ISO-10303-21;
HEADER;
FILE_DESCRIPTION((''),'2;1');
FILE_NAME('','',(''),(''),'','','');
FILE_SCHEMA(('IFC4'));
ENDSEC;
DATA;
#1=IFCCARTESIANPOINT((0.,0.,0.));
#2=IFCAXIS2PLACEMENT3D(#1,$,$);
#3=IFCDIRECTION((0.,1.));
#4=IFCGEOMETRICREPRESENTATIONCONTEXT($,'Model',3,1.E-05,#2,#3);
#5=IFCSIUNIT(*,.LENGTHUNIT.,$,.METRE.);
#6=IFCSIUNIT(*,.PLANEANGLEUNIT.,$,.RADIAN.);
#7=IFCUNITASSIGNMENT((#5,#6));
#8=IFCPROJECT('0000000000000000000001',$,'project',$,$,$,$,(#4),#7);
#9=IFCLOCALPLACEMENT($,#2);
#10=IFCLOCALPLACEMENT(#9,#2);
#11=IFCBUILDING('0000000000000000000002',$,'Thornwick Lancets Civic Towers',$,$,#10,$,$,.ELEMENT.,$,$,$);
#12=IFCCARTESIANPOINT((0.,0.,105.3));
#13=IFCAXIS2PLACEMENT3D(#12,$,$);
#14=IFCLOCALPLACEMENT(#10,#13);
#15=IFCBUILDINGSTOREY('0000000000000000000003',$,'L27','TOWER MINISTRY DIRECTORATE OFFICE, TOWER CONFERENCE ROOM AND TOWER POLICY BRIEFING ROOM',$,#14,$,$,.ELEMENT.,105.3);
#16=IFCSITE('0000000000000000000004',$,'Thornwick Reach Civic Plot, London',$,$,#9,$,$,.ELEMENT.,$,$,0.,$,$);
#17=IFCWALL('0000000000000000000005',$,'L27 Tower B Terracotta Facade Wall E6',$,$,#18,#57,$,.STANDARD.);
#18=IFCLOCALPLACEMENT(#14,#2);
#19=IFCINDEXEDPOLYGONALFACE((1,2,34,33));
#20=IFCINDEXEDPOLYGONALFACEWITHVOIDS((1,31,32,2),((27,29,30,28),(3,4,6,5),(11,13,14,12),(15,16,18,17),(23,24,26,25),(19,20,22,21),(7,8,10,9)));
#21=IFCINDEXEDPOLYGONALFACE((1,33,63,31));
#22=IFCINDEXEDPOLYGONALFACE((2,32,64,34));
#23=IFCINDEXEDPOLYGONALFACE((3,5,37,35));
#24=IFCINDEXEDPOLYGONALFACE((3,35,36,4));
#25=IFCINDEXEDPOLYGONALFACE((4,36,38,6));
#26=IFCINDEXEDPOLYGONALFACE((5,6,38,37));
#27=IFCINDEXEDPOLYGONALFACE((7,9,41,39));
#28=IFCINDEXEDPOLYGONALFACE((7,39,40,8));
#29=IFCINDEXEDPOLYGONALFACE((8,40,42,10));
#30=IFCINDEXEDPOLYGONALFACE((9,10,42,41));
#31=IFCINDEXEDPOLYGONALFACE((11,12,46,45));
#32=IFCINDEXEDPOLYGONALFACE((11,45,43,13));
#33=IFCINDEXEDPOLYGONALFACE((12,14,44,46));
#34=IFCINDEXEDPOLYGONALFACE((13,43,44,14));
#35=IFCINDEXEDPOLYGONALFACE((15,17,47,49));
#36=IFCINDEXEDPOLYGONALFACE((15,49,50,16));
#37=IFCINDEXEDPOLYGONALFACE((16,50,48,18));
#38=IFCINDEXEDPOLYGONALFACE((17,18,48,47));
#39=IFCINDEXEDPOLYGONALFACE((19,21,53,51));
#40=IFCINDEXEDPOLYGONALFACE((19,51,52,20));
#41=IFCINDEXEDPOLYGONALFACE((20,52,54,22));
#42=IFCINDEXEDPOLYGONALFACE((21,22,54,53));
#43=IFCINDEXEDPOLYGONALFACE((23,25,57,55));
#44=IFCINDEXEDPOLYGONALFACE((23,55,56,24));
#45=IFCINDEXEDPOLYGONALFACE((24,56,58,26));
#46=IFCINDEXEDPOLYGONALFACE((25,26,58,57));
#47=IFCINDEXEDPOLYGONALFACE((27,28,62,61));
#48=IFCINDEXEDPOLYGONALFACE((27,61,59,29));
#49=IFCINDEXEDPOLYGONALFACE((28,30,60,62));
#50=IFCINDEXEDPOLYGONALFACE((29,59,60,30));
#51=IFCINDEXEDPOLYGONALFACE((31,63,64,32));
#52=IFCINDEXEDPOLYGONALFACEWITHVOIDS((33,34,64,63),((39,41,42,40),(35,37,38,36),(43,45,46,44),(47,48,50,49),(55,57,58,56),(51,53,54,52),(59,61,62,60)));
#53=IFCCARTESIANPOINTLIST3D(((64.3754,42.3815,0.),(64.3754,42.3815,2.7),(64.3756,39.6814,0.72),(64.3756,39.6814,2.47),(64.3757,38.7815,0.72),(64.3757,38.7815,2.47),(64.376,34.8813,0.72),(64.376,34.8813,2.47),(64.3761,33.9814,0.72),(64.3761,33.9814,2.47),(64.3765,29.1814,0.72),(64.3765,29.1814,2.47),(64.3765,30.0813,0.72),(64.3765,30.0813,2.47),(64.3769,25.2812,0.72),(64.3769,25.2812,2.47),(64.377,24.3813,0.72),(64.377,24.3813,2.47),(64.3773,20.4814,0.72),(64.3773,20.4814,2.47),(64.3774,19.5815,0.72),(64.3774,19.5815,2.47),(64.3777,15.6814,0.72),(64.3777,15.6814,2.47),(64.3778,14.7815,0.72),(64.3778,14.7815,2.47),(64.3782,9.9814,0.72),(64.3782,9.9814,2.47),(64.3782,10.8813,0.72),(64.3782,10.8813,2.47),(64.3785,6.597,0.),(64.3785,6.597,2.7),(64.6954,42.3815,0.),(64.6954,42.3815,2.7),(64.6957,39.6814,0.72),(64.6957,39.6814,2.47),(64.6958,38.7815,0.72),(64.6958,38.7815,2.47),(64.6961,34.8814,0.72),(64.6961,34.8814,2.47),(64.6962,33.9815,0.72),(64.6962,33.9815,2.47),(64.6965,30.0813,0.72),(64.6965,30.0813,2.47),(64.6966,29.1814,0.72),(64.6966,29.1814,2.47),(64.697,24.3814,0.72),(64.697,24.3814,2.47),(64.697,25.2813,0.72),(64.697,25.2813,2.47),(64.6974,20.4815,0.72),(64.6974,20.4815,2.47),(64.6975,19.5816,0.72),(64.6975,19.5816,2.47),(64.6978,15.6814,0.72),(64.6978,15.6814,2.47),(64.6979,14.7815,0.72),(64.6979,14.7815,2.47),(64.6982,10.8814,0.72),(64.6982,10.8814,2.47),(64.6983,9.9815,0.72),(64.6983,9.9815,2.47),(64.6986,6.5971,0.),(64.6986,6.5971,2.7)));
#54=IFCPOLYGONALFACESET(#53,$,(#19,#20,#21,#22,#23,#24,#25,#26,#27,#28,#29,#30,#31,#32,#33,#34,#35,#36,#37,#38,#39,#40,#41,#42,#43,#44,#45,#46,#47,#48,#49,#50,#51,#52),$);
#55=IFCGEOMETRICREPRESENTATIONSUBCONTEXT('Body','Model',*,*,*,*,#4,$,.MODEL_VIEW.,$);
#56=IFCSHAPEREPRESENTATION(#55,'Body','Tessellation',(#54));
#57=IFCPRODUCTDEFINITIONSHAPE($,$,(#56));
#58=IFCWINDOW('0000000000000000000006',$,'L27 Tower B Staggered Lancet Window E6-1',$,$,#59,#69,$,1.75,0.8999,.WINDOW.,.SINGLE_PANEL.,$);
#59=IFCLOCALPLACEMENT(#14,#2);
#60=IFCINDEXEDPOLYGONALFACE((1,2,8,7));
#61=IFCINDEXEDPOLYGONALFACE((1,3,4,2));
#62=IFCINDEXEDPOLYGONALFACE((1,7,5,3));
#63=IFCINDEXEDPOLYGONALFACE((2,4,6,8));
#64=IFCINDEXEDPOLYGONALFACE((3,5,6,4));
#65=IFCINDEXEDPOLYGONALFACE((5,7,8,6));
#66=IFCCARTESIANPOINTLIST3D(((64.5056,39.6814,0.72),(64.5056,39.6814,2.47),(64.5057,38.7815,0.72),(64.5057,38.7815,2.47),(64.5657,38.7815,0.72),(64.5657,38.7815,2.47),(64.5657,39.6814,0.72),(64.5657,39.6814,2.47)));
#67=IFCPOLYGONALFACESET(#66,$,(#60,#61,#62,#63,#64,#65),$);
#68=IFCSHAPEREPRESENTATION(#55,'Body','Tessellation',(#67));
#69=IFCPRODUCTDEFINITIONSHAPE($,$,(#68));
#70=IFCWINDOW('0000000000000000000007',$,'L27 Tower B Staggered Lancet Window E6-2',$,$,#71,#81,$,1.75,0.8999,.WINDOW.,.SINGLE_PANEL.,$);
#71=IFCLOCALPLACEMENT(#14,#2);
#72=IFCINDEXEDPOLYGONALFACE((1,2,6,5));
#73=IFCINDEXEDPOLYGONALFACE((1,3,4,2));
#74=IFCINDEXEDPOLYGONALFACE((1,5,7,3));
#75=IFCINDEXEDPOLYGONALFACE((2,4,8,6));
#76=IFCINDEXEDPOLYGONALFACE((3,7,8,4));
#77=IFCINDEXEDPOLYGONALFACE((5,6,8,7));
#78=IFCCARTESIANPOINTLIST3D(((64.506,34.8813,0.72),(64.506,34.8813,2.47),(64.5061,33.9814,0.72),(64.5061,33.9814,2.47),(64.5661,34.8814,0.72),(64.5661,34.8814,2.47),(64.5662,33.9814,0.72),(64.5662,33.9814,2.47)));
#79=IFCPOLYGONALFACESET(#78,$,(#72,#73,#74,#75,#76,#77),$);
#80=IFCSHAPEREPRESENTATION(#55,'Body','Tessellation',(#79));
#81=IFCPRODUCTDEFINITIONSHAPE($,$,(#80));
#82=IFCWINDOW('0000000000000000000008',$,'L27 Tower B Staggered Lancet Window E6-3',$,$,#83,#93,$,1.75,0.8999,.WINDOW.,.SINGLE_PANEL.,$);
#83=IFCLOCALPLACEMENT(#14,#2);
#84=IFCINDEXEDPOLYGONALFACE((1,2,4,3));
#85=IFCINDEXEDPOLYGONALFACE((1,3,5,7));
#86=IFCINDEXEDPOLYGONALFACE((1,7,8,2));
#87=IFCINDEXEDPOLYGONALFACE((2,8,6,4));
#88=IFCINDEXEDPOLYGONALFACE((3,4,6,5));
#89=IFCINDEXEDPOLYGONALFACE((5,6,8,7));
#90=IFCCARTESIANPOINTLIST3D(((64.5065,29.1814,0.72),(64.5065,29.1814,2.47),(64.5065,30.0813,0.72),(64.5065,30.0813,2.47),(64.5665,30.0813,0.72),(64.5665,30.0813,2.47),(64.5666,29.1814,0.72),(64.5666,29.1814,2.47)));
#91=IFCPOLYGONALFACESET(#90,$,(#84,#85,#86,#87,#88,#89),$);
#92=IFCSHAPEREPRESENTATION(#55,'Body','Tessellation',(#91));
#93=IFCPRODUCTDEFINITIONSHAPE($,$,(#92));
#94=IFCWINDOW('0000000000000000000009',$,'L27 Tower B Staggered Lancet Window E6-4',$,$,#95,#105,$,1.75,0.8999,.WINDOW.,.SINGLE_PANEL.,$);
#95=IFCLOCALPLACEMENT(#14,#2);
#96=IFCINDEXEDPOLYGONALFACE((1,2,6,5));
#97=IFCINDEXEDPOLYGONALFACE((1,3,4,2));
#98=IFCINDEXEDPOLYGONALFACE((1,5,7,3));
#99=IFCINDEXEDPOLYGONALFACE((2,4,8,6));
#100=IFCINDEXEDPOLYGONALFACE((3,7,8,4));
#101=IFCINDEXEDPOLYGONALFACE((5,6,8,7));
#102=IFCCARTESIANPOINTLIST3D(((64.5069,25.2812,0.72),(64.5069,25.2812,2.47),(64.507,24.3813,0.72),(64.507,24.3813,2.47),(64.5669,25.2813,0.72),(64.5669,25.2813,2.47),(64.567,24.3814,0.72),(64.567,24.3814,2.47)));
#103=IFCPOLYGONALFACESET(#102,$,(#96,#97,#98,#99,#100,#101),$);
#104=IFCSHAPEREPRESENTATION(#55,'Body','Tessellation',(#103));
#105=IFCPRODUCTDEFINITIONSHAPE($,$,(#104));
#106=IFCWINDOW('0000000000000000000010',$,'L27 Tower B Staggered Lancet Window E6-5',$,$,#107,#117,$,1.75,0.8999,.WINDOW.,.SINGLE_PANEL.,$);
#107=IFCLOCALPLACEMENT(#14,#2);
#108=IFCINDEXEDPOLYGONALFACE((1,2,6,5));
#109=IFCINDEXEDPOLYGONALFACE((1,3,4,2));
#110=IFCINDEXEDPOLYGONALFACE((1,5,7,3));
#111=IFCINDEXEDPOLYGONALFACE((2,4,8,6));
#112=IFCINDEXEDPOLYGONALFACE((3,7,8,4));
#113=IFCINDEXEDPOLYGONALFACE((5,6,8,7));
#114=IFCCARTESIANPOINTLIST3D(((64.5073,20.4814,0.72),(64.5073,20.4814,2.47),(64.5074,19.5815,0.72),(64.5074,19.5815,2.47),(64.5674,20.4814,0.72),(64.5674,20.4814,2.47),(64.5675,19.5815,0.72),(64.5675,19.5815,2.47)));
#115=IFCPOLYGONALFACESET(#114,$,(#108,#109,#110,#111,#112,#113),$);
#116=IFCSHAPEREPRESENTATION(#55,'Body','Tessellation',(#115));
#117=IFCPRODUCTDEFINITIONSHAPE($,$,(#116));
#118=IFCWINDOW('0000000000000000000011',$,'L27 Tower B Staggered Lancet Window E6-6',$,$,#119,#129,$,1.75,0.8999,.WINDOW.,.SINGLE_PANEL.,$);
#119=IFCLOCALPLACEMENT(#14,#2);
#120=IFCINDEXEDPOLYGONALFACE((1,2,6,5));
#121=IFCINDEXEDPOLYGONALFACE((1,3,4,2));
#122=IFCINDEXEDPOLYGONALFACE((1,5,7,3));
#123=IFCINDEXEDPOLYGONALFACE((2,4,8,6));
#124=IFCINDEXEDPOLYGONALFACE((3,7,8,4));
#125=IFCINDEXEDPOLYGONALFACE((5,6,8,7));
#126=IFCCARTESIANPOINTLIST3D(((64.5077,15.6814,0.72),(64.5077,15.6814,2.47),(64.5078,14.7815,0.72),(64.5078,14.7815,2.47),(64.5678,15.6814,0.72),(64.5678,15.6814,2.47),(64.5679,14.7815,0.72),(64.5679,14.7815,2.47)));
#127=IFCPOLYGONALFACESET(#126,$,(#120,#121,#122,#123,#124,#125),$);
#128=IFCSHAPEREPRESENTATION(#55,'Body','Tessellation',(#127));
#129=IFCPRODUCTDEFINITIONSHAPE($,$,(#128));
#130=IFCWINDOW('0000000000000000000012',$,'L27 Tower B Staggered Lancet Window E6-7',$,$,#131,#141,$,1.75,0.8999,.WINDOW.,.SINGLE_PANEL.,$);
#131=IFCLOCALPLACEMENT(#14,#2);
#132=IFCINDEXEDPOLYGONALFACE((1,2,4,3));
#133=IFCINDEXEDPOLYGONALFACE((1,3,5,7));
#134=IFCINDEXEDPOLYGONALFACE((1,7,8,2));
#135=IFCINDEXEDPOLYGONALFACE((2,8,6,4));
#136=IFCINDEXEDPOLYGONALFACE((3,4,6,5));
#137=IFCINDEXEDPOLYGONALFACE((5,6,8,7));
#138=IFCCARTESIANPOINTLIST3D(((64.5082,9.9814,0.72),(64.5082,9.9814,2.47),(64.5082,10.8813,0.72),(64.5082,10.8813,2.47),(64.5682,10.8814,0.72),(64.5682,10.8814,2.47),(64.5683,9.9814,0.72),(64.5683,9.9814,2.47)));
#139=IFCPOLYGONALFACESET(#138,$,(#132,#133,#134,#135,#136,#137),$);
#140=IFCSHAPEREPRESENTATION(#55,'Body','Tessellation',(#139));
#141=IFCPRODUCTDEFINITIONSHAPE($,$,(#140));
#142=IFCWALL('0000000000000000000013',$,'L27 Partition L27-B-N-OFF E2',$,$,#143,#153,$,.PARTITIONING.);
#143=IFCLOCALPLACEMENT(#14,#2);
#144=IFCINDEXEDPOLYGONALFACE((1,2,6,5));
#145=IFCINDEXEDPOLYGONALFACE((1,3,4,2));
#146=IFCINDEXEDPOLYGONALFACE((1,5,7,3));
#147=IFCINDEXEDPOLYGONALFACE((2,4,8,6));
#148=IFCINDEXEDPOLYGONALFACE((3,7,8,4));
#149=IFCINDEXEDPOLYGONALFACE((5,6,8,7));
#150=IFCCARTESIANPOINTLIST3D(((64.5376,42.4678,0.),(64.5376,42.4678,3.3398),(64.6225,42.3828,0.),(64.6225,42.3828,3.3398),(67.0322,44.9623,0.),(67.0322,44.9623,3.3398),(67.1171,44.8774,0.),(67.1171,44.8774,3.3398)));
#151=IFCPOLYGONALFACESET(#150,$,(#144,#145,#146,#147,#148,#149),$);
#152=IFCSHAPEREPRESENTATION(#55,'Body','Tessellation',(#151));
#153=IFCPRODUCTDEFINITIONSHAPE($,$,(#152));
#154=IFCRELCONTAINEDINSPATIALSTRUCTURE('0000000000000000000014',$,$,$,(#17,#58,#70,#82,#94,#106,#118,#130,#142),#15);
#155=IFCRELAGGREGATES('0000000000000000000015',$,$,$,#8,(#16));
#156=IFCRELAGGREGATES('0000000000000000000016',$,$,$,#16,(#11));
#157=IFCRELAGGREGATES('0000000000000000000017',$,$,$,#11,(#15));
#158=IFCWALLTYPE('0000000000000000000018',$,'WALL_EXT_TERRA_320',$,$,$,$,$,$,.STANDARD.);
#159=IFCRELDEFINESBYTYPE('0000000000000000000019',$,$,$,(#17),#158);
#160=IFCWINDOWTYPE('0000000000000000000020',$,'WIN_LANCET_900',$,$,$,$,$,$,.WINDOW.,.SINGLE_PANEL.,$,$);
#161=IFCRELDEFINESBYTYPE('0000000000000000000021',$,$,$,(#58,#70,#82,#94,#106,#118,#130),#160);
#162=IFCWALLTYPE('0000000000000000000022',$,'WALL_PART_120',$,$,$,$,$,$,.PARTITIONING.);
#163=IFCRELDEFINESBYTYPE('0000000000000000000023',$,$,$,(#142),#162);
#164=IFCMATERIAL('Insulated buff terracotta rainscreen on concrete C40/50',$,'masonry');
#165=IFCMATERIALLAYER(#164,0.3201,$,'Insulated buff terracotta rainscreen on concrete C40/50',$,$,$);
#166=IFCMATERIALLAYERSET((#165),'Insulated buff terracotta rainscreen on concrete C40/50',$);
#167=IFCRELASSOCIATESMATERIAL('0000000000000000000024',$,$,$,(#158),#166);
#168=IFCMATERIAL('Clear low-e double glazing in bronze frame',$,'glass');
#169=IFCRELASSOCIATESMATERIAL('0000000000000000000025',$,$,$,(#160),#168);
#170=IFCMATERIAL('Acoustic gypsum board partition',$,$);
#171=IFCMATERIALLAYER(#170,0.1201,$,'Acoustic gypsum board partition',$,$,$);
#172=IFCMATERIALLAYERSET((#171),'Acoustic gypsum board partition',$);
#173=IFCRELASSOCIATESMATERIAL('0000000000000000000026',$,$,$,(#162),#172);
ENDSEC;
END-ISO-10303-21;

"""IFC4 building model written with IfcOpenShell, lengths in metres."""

from ifc_helpers import new_model, si_unit, direction, frame, frame_2d, origin, place, context, subcontext, project, spatial, rectangle, extrude, material, layer, layer_set, type_object, element, fill, save


model = new_model("IFC4")

# Units and contexts
model_context = context("Model", 3, precision=1e-05, world=origin(), true_north=direction((0.0, 1.0)))
body_context = subcontext(model_context, "Body", "Model", "MODEL_VIEW")
ifc_project = project(units=[si_unit("LENGTHUNIT", "METRE"), si_unit("PLANEANGLEUNIT", "RADIAN")], contexts=[model_context])

# Site, building, storey
site_placement = place(None, origin())
site = spatial("IfcSite", under=ifc_project, at=site_placement, Name="Thornwick Reach Civic Plot, London", CompositionType="ELEMENT", RefElevation=0.0)
building_placement = place(site_placement, origin())
building = spatial("IfcBuilding", under=site, at=building_placement, Name="Thornwick Lancets Civic Towers", CompositionType="ELEMENT")
storey_placement = place(building_placement, frame((0.0, 0.0, 105.3)))
storey = spatial("IfcBuildingStorey", under=building, at=storey_placement, Name="L27", Description="TOWER MINISTRY DIRECTORATE OFFICE, TOWER CONFERENCE ROOM AND TOWER POLICY BRIEFING ROOM", CompositionType="ELEMENT", Elevation=105.3)

# Wall, openings, windows
ifc_material_1 = material(Name="Insulated buff terracotta rainscreen on concrete C40/50", Category="masonry")
ifc_layer_1 = layer(ifc_material_1, 0.3201, Name="Insulated buff terracotta rainscreen on concrete C40/50")
ifc_layer_set_1 = layer_set([ifc_layer_1], Name="Insulated buff terracotta rainscreen on concrete C40/50")
wall_type_1 = type_object("IfcWallType", Name="WALL_EXT_TERRA_320", PredefinedType="STANDARD", material=ifc_layer_set_1)
wall_1_placement = place(storey_placement, frame((64.5354, 42.3813, 0.0), z_axis=(0.0, 0.0, 1.0), x_axis=(0.000089, -1.0, 0.0)))
wall_1 = element("IfcWall", 1, at=wall_1_placement, inside=storey, type_object=wall_type_1, Name="L27 Tower B Terracotta Facade Wall E6", PredefinedType="STANDARD", context=body_context, shape_type="SweptSolid", body=[
    extrude(rectangle(XDim=35.7844, YDim=0.3201, at=frame_2d((17.8921, 0.0))), origin(), (0.0, 0.0, 1.0), 2.7),
])
opening_1_placement = place(wall_1_placement, frame((2.7, 0.0, 0.72)))
opening_1 = element("IfcOpeningElement", 2, at=opening_1_placement, cuts=wall_1, PredefinedType="OPENING", context=body_context, shape_type="SweptSolid", body=[
    extrude(rectangle(XDim=0.8999, YDim=1.75, at=frame_2d((0.45, 0.875))), frame((0.0, 0.1699, 0.0), z_axis=(0.0, -1.0, 0.0), x_axis=(1.0, 0.0, 0.0)), (0.0, 0.0, 1.0), 0.3401),
])
opening_2_placement = place(wall_1_placement, frame((7.5, 0.0, 0.72)))
opening_2 = element("IfcOpeningElement", 3, at=opening_2_placement, cuts=wall_1, PredefinedType="OPENING", context=body_context, shape_type="SweptSolid", body=[
    extrude(rectangle(XDim=0.8999, YDim=1.75, at=frame_2d((0.45, 0.875))), frame((0.0, 0.1699, 0.0), z_axis=(0.0, -1.0, 0.0), x_axis=(1.0, 0.0, 0.0)), (0.0, 0.0, 1.0), 0.3401),
])
opening_3_placement = place(wall_1_placement, frame((12.3, 0.0, 0.72)))
opening_3 = element("IfcOpeningElement", 4, at=opening_3_placement, cuts=wall_1, PredefinedType="OPENING", context=body_context, shape_type="SweptSolid", body=[
    extrude(rectangle(XDim=0.8999, YDim=1.75, at=frame_2d((0.45, 0.875))), frame((0.0, 0.1699, 0.0), z_axis=(0.0, -1.0, 0.0), x_axis=(1.0, 0.0, 0.0)), (0.0, 0.0, 1.0), 0.3401),
])
opening_4_placement = place(wall_1_placement, frame((17.1001, 0.0, 0.72)))
opening_4 = element("IfcOpeningElement", 5, at=opening_4_placement, cuts=wall_1, PredefinedType="OPENING", context=body_context, shape_type="SweptSolid", body=[
    extrude(rectangle(XDim=0.8999, YDim=1.75, at=frame_2d((0.45, 0.875))), frame((0.0, 0.1699, 0.0), z_axis=(0.0, -1.0, 0.0), x_axis=(1.0, 0.0, 0.0)), (0.0, 0.0, 1.0), 0.3401),
])
opening_5_placement = place(wall_1_placement, frame((21.8999, 0.0, 0.72)))
opening_5 = element("IfcOpeningElement", 6, at=opening_5_placement, cuts=wall_1, PredefinedType="OPENING", context=body_context, shape_type="SweptSolid", body=[
    extrude(rectangle(XDim=0.8999, YDim=1.75, at=frame_2d((0.45, 0.875))), frame((0.0, 0.1699, 0.0), z_axis=(0.0, -1.0, 0.0), x_axis=(1.0, 0.0, 0.0)), (0.0, 0.0, 1.0), 0.3401),
])
opening_6_placement = place(wall_1_placement, frame((26.7, 0.0, 0.72)))
opening_6 = element("IfcOpeningElement", 7, at=opening_6_placement, cuts=wall_1, PredefinedType="OPENING", context=body_context, shape_type="SweptSolid", body=[
    extrude(rectangle(XDim=0.8999, YDim=1.75, at=frame_2d((0.45, 0.875))), frame((0.0, 0.1699, 0.0), z_axis=(0.0, -1.0, 0.0), x_axis=(1.0, 0.0, 0.0)), (0.0, 0.0, 1.0), 0.3401),
])
opening_7_placement = place(wall_1_placement, frame((31.5, 0.0, 0.72)))
opening_7 = element("IfcOpeningElement", 8, at=opening_7_placement, cuts=wall_1, PredefinedType="OPENING", context=body_context, shape_type="SweptSolid", body=[
    extrude(rectangle(XDim=0.8999, YDim=1.75, at=frame_2d((0.45, 0.875))), frame((0.0, 0.1699, 0.0), z_axis=(0.0, -1.0, 0.0), x_axis=(1.0, 0.0, 0.0)), (0.0, 0.0, 1.0), 0.3401),
])
ifc_material_2 = material(Name="Clear low-e double glazing in bronze frame", Category="glass")
window_type = type_object("IfcWindowType", Name="WIN_LANCET_900", PartitioningType="SINGLE_PANEL", PredefinedType="WINDOW", material=ifc_material_2)
window_1_placement = place(opening_1_placement, origin())
window_1 = element("IfcWindow", 9, at=window_1_placement, inside=storey, type_object=window_type, Name="L27 Tower B Staggered Lancet Window E6-1", OverallHeight=1.75, OverallWidth=0.8999, PartitioningType="SINGLE_PANEL", PredefinedType="WINDOW", context=body_context, shape_type="SweptSolid", body=[
    extrude(rectangle(XDim=0.8999, YDim=1.75, at=frame_2d((0.45, 0.875))), frame((0.0, 0.03, 0.0), z_axis=(0.0, -1.0, 0.0), x_axis=(1.0, 0.0, 0.0)), (0.0, 0.0, 1.0), 0.0601),
])
fill(opening_1, window_1)
window_2_placement = place(opening_2_placement, origin())
window_2 = element("IfcWindow", 10, at=window_2_placement, inside=storey, type_object=window_type, Name="L27 Tower B Staggered Lancet Window E6-2", OverallHeight=1.75, OverallWidth=0.8999, PartitioningType="SINGLE_PANEL", PredefinedType="WINDOW", context=body_context, shape_type="SweptSolid", body=[
    extrude(rectangle(XDim=0.8999, YDim=1.75, at=frame_2d((0.45, 0.875))), frame((0.0, 0.03, 0.0), z_axis=(0.0, -1.0, 0.0), x_axis=(1.0, 0.0, 0.0)), (0.0, 0.0, 1.0), 0.0601),
])
fill(opening_2, window_2)
window_3_placement = place(opening_3_placement, origin())
window_3 = element("IfcWindow", 11, at=window_3_placement, inside=storey, type_object=window_type, Name="L27 Tower B Staggered Lancet Window E6-3", OverallHeight=1.75, OverallWidth=0.8999, PartitioningType="SINGLE_PANEL", PredefinedType="WINDOW", context=body_context, shape_type="SweptSolid", body=[
    extrude(rectangle(XDim=0.8999, YDim=1.75, at=frame_2d((0.45, 0.875))), frame((0.0, 0.03, 0.0), z_axis=(0.0, -1.0, 0.0), x_axis=(1.0, 0.0, 0.0)), (0.0, 0.0, 1.0), 0.0601),
])
fill(opening_3, window_3)
window_4_placement = place(opening_4_placement, origin())
window_4 = element("IfcWindow", 12, at=window_4_placement, inside=storey, type_object=window_type, Name="L27 Tower B Staggered Lancet Window E6-4", OverallHeight=1.75, OverallWidth=0.8999, PartitioningType="SINGLE_PANEL", PredefinedType="WINDOW", context=body_context, shape_type="SweptSolid", body=[
    extrude(rectangle(XDim=0.8999, YDim=1.75, at=frame_2d((0.45, 0.875))), frame((0.0, 0.03, 0.0), z_axis=(0.0, -1.0, 0.0), x_axis=(1.0, 0.0, 0.0)), (0.0, 0.0, 1.0), 0.0601),
])
fill(opening_4, window_4)
window_5_placement = place(opening_5_placement, origin())
window_5 = element("IfcWindow", 13, at=window_5_placement, inside=storey, type_object=window_type, Name="L27 Tower B Staggered Lancet Window E6-5", OverallHeight=1.75, OverallWidth=0.8999, PartitioningType="SINGLE_PANEL", PredefinedType="WINDOW", context=body_context, shape_type="SweptSolid", body=[
    extrude(rectangle(XDim=0.8999, YDim=1.75, at=frame_2d((0.45, 0.875))), frame((0.0, 0.03, 0.0), z_axis=(0.0, -1.0, 0.0), x_axis=(1.0, 0.0, 0.0)), (0.0, 0.0, 1.0), 0.0601),
])
fill(opening_5, window_5)
window_6_placement = place(opening_6_placement, origin())
window_6 = element("IfcWindow", 14, at=window_6_placement, inside=storey, type_object=window_type, Name="L27 Tower B Staggered Lancet Window E6-6", OverallHeight=1.75, OverallWidth=0.8999, PartitioningType="SINGLE_PANEL", PredefinedType="WINDOW", context=body_context, shape_type="SweptSolid", body=[
    extrude(rectangle(XDim=0.8999, YDim=1.75, at=frame_2d((0.45, 0.875))), frame((0.0, 0.03, 0.0), z_axis=(0.0, -1.0, 0.0), x_axis=(1.0, 0.0, 0.0)), (0.0, 0.0, 1.0), 0.0601),
])
fill(opening_6, window_6)
window_7_placement = place(opening_7_placement, origin())
window_7 = element("IfcWindow", 15, at=window_7_placement, inside=storey, type_object=window_type, Name="L27 Tower B Staggered Lancet Window E6-7", OverallHeight=1.75, OverallWidth=0.8999, PartitioningType="SINGLE_PANEL", PredefinedType="WINDOW", context=body_context, shape_type="SweptSolid", body=[
    extrude(rectangle(XDim=0.8999, YDim=1.75, at=frame_2d((0.45, 0.875))), frame((0.0, 0.03, 0.0), z_axis=(0.0, -1.0, 0.0), x_axis=(1.0, 0.0, 0.0)), (0.0, 0.0, 1.0), 0.0601),
])
fill(opening_7, window_7)

# Wall
ifc_material_3 = material(Name="Acoustic gypsum board partition")
ifc_layer_2 = layer(ifc_material_3, 0.1201, Name="Acoustic gypsum board partition")
ifc_layer_set_2 = layer_set([ifc_layer_2], Name="Acoustic gypsum board partition")
wall_type_2 = type_object("IfcWallType", Name="WALL_PART_120", PredefinedType="PARTITIONING", material=ifc_layer_set_2)
wall_2_placement = place(storey_placement, frame((64.5801, 42.4253, 0.0), z_axis=(0.0, 0.0, 1.0), x_axis=(0.707107, 0.707107, 0.0)))
element("IfcWall", 16, at=wall_2_placement, inside=storey, type_object=wall_type_2, Name="L27 Partition L27-B-N-OFF E2", PredefinedType="PARTITIONING", context=body_context, shape_type="SweptSolid", body=[
    extrude(rectangle(XDim=3.5278, YDim=0.1201, at=frame_2d((1.7639, 0.0))), origin(), (0.0, 0.0, 1.0), 3.3398),
])

save(model, "model.ifc")
